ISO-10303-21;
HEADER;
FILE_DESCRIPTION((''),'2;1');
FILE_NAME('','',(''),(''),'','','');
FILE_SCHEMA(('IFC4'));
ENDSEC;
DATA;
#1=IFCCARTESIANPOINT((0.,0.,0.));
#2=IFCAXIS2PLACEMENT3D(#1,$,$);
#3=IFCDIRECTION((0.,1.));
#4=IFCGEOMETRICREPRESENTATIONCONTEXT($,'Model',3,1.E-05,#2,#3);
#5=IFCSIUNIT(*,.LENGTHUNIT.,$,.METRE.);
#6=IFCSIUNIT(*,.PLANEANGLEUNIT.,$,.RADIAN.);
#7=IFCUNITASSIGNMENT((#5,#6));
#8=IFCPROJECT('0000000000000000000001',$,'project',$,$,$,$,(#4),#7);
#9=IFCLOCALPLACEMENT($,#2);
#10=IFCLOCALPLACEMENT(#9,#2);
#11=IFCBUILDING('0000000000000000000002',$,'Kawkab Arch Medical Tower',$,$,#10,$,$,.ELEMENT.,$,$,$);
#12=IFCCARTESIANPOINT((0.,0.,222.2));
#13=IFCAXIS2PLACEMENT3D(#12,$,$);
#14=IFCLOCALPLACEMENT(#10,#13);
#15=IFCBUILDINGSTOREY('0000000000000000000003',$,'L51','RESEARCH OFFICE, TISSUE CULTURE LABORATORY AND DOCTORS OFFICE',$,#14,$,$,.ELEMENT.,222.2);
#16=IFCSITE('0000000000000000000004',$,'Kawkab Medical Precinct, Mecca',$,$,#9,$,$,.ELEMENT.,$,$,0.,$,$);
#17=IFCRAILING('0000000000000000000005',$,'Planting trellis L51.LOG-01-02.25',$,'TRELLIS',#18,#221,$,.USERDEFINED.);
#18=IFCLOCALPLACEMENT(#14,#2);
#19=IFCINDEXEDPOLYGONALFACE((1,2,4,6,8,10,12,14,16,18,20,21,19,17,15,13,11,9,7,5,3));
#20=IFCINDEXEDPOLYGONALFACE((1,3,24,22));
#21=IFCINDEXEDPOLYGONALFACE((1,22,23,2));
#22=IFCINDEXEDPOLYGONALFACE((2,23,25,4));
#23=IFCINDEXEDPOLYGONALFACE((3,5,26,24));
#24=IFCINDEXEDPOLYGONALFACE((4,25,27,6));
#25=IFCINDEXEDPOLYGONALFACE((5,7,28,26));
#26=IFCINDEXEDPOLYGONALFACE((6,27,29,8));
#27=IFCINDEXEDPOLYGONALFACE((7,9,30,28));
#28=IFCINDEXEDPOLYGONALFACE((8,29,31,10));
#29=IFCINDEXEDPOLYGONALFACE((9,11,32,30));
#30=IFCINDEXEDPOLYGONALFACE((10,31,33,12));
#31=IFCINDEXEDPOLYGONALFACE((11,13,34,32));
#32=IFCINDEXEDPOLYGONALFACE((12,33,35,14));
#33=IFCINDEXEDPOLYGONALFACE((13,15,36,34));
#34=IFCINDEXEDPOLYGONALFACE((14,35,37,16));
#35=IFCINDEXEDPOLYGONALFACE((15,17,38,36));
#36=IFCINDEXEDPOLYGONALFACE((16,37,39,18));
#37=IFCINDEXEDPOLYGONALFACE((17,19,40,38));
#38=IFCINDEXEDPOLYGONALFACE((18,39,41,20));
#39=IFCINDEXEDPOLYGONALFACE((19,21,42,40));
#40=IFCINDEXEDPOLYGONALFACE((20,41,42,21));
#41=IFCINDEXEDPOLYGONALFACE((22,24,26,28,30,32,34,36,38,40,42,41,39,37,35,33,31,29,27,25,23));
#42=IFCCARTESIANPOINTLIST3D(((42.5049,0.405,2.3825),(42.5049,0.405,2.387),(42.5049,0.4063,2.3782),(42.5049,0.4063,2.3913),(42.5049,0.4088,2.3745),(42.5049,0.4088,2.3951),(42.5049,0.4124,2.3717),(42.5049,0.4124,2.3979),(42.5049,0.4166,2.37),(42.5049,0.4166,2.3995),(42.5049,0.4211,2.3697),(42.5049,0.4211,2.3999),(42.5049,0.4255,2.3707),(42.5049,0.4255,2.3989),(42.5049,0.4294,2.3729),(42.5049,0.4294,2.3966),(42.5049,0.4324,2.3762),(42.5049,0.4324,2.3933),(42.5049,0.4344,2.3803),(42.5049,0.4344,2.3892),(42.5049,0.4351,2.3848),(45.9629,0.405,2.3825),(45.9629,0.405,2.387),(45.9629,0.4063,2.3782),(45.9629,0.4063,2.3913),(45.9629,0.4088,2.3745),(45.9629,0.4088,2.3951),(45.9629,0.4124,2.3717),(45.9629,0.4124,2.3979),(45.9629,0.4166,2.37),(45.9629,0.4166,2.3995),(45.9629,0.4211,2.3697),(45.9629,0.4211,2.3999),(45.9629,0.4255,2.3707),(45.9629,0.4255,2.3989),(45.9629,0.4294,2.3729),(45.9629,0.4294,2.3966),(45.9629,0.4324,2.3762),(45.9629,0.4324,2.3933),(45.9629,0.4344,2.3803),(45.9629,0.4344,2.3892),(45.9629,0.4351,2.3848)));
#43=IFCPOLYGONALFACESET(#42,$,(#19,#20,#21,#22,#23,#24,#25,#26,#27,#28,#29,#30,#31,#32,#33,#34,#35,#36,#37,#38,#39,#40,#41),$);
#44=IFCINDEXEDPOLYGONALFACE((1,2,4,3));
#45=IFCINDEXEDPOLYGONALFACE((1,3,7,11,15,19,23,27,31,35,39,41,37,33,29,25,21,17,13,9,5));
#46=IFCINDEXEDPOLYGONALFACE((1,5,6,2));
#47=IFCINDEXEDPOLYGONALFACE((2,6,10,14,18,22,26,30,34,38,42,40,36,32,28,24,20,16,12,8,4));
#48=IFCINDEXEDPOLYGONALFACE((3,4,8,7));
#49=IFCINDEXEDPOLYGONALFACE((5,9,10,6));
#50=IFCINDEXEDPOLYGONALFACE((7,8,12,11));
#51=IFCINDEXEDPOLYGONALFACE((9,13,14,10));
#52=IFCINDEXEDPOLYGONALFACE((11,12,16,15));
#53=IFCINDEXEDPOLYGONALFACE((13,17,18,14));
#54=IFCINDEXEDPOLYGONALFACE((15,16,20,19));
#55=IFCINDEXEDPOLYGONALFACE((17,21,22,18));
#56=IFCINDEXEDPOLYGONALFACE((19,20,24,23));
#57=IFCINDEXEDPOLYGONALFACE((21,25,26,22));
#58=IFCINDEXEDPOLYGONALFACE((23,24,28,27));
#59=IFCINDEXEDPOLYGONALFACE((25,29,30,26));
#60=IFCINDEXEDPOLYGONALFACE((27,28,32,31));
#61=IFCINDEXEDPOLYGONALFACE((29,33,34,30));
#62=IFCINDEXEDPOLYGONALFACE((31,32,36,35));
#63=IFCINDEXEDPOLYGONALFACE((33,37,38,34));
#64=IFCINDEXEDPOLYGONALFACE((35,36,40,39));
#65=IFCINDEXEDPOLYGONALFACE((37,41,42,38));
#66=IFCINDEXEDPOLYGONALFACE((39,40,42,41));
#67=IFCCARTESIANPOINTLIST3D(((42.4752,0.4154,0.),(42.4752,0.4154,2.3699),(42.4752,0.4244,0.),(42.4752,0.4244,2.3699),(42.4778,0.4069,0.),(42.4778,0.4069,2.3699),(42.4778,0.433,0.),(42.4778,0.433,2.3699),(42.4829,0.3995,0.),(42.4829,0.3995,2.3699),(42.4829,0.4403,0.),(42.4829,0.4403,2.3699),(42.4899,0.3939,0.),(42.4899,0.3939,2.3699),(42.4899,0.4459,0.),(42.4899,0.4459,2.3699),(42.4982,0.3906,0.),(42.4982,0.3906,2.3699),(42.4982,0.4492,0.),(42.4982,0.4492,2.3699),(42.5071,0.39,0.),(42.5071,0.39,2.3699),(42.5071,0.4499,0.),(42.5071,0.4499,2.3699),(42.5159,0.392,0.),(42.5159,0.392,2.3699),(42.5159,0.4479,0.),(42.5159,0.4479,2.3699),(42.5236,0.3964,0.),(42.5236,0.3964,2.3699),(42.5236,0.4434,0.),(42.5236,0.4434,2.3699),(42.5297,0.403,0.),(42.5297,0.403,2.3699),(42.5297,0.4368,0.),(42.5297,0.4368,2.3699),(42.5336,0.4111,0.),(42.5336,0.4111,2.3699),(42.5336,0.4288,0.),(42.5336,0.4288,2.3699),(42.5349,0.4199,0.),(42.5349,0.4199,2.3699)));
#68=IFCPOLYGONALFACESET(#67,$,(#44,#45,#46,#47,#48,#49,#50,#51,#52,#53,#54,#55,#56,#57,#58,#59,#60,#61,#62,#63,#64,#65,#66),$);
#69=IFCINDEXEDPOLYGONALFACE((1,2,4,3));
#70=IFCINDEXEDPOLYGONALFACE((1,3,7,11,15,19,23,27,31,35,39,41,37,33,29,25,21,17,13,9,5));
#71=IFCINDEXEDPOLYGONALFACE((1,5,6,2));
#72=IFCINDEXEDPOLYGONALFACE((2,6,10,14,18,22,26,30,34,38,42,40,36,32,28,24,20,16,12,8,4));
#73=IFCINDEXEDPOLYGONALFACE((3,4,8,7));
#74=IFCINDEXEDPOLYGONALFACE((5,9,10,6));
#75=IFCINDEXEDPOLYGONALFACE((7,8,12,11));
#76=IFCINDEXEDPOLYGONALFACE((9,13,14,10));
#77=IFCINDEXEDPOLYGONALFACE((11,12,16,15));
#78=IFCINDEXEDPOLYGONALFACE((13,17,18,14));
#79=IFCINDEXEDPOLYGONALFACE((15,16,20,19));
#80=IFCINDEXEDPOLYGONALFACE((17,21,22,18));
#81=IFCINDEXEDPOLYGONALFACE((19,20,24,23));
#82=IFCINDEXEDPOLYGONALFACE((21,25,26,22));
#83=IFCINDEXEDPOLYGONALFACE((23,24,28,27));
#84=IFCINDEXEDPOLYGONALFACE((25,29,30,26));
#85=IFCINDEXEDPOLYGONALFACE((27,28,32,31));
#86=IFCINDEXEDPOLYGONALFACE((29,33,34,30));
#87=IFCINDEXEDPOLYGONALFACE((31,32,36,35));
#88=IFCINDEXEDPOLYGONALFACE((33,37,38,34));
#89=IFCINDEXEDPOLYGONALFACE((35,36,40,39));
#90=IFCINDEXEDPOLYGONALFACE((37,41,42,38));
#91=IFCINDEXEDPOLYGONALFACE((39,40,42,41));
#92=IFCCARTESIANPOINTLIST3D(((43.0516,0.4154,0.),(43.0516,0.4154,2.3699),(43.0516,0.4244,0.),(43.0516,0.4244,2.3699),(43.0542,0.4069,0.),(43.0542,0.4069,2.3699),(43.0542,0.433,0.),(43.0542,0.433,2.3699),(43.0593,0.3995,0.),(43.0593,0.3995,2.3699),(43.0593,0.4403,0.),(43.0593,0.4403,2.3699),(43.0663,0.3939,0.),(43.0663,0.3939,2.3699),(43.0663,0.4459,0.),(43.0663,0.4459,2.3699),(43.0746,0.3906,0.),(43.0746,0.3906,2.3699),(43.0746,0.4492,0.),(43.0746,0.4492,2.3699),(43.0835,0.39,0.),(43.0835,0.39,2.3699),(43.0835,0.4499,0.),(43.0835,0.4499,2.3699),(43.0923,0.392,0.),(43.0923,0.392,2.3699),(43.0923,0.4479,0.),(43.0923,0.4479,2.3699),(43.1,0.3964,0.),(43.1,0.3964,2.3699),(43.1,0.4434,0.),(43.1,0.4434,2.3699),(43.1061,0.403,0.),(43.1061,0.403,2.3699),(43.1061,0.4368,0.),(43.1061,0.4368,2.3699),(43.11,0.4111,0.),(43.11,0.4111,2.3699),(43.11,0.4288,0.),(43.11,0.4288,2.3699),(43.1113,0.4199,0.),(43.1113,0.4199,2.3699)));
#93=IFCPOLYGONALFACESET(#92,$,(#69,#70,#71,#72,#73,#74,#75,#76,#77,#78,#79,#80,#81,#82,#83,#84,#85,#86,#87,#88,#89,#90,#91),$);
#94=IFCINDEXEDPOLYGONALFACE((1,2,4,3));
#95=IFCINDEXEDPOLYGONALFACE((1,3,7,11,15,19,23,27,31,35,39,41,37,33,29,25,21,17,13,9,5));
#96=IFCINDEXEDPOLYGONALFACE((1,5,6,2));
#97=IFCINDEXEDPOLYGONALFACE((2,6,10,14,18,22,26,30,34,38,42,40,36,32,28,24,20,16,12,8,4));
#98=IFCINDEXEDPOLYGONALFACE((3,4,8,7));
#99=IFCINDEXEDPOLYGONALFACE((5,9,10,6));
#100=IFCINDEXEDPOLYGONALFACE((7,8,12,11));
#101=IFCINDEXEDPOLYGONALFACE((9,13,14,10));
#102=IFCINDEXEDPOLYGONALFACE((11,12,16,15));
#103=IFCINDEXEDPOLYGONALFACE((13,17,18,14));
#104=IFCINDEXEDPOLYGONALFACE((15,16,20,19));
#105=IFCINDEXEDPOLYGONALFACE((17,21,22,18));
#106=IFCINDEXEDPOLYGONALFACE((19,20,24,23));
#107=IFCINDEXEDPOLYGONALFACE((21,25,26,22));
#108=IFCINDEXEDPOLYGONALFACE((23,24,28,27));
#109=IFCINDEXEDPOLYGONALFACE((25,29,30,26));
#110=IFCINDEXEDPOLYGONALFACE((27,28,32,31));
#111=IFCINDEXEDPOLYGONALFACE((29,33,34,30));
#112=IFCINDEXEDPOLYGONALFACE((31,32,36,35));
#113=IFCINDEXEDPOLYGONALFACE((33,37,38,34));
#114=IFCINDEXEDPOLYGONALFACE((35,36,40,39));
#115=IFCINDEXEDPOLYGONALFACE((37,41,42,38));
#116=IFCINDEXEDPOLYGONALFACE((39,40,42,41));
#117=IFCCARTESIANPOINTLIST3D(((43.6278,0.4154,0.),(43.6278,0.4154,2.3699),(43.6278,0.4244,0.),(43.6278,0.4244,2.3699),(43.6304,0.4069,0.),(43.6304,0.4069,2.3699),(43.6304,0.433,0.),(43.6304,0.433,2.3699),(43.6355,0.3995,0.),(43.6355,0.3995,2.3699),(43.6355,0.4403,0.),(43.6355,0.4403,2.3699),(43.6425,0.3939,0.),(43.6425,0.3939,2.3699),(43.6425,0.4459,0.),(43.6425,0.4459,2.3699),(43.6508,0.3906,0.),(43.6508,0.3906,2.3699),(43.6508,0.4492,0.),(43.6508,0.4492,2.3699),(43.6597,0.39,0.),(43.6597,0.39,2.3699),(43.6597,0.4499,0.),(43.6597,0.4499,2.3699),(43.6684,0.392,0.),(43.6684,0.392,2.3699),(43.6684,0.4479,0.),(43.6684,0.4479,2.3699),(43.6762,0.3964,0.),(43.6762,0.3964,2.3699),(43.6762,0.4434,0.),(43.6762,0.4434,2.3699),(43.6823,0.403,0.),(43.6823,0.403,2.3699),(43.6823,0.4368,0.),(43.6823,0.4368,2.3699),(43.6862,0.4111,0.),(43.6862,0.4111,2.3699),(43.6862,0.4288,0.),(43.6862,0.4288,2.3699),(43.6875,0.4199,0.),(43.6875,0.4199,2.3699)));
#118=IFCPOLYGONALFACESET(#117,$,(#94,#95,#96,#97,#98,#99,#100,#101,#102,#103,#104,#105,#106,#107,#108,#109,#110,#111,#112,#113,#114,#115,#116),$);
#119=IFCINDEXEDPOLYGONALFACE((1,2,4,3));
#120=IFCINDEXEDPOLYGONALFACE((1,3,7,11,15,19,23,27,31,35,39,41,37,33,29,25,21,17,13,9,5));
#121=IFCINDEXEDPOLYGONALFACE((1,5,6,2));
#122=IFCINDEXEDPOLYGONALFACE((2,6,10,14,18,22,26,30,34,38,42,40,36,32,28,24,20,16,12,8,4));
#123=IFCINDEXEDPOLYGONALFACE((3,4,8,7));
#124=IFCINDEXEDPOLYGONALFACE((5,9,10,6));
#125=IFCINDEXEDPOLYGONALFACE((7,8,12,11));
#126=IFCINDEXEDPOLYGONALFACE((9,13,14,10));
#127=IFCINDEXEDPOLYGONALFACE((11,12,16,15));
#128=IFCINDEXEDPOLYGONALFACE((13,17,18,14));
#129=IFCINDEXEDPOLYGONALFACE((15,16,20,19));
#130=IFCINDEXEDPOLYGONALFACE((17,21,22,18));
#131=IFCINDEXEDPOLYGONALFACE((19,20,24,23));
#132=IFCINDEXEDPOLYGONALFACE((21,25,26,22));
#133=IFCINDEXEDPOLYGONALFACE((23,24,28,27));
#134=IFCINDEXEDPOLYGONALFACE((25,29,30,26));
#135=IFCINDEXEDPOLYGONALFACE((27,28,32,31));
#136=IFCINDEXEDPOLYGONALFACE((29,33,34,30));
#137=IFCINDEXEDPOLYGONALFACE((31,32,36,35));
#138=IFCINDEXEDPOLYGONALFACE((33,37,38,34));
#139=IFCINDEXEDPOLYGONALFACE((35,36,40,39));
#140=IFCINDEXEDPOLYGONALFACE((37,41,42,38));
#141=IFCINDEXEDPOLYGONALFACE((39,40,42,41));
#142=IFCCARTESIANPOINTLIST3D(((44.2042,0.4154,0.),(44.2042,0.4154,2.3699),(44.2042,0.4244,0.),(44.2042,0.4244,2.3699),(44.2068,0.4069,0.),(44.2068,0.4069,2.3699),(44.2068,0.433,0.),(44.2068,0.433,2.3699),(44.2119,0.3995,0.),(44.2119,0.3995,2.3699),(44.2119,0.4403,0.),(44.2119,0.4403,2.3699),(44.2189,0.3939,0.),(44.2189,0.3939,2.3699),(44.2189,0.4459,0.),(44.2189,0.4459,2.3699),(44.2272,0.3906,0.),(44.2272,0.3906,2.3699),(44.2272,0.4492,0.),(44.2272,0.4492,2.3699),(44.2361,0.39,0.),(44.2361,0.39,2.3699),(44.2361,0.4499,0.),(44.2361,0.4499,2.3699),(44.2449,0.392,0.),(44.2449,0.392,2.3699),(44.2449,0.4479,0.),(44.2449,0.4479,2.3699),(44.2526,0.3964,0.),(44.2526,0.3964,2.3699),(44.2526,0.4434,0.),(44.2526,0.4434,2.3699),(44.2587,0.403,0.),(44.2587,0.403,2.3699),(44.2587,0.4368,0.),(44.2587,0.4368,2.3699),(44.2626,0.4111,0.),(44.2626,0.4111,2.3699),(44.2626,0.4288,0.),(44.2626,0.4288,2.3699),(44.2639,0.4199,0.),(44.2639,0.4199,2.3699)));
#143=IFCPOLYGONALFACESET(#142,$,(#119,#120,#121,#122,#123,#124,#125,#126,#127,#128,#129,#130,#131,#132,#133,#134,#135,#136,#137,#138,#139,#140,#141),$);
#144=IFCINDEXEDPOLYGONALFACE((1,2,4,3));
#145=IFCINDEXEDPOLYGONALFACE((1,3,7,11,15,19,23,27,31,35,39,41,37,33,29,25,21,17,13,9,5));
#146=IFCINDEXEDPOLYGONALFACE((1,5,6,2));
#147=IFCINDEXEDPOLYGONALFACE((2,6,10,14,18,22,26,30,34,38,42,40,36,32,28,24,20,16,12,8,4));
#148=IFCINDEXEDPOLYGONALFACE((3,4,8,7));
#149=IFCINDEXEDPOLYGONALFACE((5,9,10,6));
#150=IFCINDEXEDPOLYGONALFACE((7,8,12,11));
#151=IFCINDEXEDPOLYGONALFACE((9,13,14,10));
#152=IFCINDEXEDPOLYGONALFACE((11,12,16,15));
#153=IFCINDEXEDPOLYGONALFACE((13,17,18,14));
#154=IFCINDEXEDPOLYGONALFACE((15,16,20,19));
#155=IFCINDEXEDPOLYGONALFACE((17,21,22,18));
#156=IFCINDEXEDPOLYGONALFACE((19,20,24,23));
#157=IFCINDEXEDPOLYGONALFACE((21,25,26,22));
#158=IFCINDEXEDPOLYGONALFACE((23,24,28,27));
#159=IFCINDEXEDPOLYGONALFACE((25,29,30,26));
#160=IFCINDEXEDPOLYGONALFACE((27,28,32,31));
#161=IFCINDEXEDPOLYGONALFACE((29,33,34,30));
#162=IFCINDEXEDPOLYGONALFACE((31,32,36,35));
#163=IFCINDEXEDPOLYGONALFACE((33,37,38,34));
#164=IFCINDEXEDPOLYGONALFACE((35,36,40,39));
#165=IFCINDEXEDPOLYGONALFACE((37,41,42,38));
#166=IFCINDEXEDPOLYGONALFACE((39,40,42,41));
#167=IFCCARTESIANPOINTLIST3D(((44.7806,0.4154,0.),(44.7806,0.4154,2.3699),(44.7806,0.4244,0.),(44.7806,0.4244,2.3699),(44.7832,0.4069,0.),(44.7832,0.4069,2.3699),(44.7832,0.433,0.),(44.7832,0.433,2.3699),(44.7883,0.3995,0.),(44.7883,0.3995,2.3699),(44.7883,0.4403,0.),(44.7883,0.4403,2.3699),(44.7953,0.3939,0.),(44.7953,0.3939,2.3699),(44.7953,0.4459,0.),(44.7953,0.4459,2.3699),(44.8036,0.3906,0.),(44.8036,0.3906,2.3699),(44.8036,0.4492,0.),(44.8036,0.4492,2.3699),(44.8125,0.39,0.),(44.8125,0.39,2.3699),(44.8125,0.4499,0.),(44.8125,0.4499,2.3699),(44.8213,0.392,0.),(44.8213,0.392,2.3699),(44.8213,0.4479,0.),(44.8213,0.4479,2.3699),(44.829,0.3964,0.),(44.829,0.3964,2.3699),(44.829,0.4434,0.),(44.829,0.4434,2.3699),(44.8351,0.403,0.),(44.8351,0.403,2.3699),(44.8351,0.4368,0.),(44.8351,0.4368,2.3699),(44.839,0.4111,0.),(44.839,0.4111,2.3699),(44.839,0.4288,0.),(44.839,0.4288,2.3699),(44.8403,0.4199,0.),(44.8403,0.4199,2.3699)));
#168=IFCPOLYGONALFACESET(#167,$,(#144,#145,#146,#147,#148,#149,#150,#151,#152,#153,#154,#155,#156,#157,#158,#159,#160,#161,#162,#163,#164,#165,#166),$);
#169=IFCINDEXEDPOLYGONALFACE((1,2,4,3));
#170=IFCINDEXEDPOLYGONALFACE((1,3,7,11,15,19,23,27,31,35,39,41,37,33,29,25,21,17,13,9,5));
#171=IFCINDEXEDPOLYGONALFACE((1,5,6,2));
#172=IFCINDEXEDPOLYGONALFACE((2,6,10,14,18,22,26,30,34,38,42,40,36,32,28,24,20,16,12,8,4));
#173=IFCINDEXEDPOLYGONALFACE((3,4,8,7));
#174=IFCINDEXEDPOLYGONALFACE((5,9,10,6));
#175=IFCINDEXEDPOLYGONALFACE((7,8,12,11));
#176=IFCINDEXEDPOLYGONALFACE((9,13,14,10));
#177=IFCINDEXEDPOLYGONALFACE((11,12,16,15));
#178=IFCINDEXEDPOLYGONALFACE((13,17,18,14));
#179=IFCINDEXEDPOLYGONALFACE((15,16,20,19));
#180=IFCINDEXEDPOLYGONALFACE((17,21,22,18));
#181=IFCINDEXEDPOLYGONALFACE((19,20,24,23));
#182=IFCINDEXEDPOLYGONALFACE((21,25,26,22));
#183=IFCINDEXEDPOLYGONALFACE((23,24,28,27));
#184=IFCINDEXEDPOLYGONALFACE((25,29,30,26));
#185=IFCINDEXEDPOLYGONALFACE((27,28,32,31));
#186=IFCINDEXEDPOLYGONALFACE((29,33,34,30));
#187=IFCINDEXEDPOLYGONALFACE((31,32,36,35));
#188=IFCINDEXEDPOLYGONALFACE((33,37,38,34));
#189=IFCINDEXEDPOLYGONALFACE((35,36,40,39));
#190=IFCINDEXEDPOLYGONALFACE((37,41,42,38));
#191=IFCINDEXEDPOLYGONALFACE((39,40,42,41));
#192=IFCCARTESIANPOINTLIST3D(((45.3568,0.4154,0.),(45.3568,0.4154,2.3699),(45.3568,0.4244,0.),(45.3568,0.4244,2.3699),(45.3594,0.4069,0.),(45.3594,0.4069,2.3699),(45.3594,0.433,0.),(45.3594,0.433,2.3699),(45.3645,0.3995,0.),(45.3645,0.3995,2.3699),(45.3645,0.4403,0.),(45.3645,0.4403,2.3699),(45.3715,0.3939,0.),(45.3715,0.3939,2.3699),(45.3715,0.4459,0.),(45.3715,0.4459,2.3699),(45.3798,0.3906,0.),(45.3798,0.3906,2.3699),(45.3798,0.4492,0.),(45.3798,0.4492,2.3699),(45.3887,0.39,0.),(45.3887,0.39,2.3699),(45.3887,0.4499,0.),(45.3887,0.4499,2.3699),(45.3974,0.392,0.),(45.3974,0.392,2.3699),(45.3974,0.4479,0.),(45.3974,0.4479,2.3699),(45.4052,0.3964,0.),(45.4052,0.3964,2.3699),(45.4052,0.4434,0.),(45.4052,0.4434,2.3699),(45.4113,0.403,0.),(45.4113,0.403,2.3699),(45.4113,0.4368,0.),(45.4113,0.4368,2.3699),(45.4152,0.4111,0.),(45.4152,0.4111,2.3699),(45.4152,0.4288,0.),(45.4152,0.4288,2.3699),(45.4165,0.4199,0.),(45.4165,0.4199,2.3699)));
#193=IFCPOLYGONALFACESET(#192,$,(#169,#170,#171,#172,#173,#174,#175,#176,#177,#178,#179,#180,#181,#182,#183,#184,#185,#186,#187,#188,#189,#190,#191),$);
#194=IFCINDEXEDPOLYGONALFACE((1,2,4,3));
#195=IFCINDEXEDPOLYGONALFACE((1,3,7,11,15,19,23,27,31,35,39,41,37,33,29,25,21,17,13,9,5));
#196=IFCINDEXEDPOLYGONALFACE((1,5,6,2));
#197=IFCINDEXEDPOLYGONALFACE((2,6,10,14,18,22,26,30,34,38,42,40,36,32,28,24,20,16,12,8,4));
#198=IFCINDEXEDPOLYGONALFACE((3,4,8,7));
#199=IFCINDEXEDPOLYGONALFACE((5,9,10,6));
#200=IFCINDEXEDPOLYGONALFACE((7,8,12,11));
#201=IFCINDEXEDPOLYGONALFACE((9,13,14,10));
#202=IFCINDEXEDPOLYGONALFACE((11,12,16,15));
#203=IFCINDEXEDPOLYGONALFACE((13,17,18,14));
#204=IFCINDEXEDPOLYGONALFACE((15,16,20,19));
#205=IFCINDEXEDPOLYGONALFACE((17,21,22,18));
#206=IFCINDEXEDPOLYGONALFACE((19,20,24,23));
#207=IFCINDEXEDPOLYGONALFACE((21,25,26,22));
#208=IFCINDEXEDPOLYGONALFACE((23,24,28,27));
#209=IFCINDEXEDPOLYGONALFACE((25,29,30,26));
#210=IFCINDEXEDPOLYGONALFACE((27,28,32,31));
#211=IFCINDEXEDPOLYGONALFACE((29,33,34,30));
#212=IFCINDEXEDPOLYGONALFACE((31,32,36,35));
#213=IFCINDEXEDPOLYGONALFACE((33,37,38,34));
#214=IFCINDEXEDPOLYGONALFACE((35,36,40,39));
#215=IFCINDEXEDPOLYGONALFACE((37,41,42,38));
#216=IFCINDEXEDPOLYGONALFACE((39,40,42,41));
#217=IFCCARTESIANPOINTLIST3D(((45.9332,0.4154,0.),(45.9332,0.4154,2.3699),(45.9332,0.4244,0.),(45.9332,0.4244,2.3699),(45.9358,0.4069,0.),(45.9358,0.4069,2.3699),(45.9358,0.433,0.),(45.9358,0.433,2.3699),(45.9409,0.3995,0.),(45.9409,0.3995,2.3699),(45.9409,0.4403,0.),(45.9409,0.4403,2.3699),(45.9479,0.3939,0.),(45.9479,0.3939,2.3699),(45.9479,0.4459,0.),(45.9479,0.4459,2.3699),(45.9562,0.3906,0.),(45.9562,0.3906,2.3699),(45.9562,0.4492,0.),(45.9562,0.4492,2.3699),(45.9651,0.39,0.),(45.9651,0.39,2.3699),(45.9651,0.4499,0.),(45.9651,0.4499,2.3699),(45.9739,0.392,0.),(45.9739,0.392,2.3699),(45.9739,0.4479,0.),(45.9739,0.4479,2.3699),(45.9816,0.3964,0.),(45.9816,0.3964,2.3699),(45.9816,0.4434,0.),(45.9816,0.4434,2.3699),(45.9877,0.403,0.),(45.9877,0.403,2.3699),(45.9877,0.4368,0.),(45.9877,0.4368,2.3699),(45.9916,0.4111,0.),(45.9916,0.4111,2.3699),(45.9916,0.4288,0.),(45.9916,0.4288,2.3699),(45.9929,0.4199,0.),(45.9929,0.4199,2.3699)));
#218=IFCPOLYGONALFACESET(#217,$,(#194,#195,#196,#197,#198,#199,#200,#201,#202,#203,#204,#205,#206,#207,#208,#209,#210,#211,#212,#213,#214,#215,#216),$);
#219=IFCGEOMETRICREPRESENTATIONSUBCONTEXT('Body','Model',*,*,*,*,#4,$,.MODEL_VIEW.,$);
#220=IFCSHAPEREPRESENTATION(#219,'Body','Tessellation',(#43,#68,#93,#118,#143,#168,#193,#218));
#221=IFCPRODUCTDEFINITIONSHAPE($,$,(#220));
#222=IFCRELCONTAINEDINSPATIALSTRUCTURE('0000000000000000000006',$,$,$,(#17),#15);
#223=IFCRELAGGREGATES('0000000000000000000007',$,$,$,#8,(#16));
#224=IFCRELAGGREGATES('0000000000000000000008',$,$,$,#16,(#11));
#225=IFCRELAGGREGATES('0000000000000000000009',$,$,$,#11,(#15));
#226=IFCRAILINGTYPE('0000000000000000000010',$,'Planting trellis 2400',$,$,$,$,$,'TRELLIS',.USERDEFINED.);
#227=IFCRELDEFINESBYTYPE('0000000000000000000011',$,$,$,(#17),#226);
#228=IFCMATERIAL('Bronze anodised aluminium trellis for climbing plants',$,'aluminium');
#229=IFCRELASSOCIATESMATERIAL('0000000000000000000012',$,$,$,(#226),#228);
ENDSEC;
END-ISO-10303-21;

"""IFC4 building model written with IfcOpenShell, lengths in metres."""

from ifc_helpers import new_model, si_unit, direction, frame, origin, origin_2d, place, context, subcontext, project, spatial, circle, extrude, material, type_object, element, save


model = new_model("IFC4")

# Units and contexts
model_context = context("Model", 3, precision=1e-05, world=origin(), true_north=direction((0.0, 1.0)))
body_context = subcontext(model_context, "Body", "Model", "MODEL_VIEW")
ifc_project = project(units=[si_unit("LENGTHUNIT", "METRE"), si_unit("PLANEANGLEUNIT", "RADIAN")], contexts=[model_context])

# Site, building, storey
site_placement = place(None, origin())
site = spatial("IfcSite", under=ifc_project, at=site_placement, Name="Kawkab Medical Precinct, Mecca", CompositionType="ELEMENT", RefElevation=0.0)
building_placement = place(site_placement, origin())
building = spatial("IfcBuilding", under=site, at=building_placement, Name="Kawkab Arch Medical Tower", CompositionType="ELEMENT")
storey_placement = place(building_placement, frame((0.0, 0.0, 222.2)))
storey = spatial("IfcBuildingStorey", under=building, at=storey_placement, Name="L51", Description="RESEARCH OFFICE, TISSUE CULTURE LABORATORY AND DOCTORS OFFICE", CompositionType="ELEMENT", Elevation=222.2)

# Railing
ifc_material_1 = material(Name="Bronze anodised aluminium trellis for climbing plants", Category="aluminium")
railing_type = type_object("IfcRailingType", Name="Planting trellis 2400", ElementType="TRELLIS", PredefinedType="USERDEFINED", material=ifc_material_1)
railing_1_placement = place(storey_placement, frame((42.5049, 0.4199, 0.0)))
element("IfcRailing", 1, at=railing_1_placement, inside=storey, type_object=railing_type, Name="Planting trellis L51.LOG-01-02.25", ObjectType="TRELLIS", PredefinedType="USERDEFINED", context=body_context, shape_type="SweptSolid", body=[
    extrude(circle(Radius=0.0151, at=origin_2d()), frame((0.0, 0.0, 2.3848), z_axis=(1.0, 0.0, 0.0), x_axis=(0.0, 1.0, 0.0)), (0.0, 0.0, 1.0), 3.458),
    extrude(circle(Radius=0.03, at=origin_2d()), origin(), (0.0, 0.0, 1.0), 2.3699),
    extrude(circle(Radius=0.03, at=origin_2d()), frame((0.5764, 0.0, 0.0)), (0.0, 0.0, 1.0), 2.3699),
    extrude(circle(Radius=0.03, at=origin_2d()), frame((1.1526, 0.0, 0.0)), (0.0, 0.0, 1.0), 2.3699),
    extrude(circle(Radius=0.03, at=origin_2d()), frame((1.729, 0.0, 0.0)), (0.0, 0.0, 1.0), 2.3699),
    extrude(circle(Radius=0.03, at=origin_2d()), frame((2.3054, 0.0, 0.0)), (0.0, 0.0, 1.0), 2.3699),
    extrude(circle(Radius=0.03, at=origin_2d()), frame((2.8816, 0.0, 0.0)), (0.0, 0.0, 1.0), 2.3699),
    extrude(circle(Radius=0.03, at=origin_2d()), frame((3.458, 0.0, 0.0)), (0.0, 0.0, 1.0), 2.3699),
])

save(model, "model.ifc")
